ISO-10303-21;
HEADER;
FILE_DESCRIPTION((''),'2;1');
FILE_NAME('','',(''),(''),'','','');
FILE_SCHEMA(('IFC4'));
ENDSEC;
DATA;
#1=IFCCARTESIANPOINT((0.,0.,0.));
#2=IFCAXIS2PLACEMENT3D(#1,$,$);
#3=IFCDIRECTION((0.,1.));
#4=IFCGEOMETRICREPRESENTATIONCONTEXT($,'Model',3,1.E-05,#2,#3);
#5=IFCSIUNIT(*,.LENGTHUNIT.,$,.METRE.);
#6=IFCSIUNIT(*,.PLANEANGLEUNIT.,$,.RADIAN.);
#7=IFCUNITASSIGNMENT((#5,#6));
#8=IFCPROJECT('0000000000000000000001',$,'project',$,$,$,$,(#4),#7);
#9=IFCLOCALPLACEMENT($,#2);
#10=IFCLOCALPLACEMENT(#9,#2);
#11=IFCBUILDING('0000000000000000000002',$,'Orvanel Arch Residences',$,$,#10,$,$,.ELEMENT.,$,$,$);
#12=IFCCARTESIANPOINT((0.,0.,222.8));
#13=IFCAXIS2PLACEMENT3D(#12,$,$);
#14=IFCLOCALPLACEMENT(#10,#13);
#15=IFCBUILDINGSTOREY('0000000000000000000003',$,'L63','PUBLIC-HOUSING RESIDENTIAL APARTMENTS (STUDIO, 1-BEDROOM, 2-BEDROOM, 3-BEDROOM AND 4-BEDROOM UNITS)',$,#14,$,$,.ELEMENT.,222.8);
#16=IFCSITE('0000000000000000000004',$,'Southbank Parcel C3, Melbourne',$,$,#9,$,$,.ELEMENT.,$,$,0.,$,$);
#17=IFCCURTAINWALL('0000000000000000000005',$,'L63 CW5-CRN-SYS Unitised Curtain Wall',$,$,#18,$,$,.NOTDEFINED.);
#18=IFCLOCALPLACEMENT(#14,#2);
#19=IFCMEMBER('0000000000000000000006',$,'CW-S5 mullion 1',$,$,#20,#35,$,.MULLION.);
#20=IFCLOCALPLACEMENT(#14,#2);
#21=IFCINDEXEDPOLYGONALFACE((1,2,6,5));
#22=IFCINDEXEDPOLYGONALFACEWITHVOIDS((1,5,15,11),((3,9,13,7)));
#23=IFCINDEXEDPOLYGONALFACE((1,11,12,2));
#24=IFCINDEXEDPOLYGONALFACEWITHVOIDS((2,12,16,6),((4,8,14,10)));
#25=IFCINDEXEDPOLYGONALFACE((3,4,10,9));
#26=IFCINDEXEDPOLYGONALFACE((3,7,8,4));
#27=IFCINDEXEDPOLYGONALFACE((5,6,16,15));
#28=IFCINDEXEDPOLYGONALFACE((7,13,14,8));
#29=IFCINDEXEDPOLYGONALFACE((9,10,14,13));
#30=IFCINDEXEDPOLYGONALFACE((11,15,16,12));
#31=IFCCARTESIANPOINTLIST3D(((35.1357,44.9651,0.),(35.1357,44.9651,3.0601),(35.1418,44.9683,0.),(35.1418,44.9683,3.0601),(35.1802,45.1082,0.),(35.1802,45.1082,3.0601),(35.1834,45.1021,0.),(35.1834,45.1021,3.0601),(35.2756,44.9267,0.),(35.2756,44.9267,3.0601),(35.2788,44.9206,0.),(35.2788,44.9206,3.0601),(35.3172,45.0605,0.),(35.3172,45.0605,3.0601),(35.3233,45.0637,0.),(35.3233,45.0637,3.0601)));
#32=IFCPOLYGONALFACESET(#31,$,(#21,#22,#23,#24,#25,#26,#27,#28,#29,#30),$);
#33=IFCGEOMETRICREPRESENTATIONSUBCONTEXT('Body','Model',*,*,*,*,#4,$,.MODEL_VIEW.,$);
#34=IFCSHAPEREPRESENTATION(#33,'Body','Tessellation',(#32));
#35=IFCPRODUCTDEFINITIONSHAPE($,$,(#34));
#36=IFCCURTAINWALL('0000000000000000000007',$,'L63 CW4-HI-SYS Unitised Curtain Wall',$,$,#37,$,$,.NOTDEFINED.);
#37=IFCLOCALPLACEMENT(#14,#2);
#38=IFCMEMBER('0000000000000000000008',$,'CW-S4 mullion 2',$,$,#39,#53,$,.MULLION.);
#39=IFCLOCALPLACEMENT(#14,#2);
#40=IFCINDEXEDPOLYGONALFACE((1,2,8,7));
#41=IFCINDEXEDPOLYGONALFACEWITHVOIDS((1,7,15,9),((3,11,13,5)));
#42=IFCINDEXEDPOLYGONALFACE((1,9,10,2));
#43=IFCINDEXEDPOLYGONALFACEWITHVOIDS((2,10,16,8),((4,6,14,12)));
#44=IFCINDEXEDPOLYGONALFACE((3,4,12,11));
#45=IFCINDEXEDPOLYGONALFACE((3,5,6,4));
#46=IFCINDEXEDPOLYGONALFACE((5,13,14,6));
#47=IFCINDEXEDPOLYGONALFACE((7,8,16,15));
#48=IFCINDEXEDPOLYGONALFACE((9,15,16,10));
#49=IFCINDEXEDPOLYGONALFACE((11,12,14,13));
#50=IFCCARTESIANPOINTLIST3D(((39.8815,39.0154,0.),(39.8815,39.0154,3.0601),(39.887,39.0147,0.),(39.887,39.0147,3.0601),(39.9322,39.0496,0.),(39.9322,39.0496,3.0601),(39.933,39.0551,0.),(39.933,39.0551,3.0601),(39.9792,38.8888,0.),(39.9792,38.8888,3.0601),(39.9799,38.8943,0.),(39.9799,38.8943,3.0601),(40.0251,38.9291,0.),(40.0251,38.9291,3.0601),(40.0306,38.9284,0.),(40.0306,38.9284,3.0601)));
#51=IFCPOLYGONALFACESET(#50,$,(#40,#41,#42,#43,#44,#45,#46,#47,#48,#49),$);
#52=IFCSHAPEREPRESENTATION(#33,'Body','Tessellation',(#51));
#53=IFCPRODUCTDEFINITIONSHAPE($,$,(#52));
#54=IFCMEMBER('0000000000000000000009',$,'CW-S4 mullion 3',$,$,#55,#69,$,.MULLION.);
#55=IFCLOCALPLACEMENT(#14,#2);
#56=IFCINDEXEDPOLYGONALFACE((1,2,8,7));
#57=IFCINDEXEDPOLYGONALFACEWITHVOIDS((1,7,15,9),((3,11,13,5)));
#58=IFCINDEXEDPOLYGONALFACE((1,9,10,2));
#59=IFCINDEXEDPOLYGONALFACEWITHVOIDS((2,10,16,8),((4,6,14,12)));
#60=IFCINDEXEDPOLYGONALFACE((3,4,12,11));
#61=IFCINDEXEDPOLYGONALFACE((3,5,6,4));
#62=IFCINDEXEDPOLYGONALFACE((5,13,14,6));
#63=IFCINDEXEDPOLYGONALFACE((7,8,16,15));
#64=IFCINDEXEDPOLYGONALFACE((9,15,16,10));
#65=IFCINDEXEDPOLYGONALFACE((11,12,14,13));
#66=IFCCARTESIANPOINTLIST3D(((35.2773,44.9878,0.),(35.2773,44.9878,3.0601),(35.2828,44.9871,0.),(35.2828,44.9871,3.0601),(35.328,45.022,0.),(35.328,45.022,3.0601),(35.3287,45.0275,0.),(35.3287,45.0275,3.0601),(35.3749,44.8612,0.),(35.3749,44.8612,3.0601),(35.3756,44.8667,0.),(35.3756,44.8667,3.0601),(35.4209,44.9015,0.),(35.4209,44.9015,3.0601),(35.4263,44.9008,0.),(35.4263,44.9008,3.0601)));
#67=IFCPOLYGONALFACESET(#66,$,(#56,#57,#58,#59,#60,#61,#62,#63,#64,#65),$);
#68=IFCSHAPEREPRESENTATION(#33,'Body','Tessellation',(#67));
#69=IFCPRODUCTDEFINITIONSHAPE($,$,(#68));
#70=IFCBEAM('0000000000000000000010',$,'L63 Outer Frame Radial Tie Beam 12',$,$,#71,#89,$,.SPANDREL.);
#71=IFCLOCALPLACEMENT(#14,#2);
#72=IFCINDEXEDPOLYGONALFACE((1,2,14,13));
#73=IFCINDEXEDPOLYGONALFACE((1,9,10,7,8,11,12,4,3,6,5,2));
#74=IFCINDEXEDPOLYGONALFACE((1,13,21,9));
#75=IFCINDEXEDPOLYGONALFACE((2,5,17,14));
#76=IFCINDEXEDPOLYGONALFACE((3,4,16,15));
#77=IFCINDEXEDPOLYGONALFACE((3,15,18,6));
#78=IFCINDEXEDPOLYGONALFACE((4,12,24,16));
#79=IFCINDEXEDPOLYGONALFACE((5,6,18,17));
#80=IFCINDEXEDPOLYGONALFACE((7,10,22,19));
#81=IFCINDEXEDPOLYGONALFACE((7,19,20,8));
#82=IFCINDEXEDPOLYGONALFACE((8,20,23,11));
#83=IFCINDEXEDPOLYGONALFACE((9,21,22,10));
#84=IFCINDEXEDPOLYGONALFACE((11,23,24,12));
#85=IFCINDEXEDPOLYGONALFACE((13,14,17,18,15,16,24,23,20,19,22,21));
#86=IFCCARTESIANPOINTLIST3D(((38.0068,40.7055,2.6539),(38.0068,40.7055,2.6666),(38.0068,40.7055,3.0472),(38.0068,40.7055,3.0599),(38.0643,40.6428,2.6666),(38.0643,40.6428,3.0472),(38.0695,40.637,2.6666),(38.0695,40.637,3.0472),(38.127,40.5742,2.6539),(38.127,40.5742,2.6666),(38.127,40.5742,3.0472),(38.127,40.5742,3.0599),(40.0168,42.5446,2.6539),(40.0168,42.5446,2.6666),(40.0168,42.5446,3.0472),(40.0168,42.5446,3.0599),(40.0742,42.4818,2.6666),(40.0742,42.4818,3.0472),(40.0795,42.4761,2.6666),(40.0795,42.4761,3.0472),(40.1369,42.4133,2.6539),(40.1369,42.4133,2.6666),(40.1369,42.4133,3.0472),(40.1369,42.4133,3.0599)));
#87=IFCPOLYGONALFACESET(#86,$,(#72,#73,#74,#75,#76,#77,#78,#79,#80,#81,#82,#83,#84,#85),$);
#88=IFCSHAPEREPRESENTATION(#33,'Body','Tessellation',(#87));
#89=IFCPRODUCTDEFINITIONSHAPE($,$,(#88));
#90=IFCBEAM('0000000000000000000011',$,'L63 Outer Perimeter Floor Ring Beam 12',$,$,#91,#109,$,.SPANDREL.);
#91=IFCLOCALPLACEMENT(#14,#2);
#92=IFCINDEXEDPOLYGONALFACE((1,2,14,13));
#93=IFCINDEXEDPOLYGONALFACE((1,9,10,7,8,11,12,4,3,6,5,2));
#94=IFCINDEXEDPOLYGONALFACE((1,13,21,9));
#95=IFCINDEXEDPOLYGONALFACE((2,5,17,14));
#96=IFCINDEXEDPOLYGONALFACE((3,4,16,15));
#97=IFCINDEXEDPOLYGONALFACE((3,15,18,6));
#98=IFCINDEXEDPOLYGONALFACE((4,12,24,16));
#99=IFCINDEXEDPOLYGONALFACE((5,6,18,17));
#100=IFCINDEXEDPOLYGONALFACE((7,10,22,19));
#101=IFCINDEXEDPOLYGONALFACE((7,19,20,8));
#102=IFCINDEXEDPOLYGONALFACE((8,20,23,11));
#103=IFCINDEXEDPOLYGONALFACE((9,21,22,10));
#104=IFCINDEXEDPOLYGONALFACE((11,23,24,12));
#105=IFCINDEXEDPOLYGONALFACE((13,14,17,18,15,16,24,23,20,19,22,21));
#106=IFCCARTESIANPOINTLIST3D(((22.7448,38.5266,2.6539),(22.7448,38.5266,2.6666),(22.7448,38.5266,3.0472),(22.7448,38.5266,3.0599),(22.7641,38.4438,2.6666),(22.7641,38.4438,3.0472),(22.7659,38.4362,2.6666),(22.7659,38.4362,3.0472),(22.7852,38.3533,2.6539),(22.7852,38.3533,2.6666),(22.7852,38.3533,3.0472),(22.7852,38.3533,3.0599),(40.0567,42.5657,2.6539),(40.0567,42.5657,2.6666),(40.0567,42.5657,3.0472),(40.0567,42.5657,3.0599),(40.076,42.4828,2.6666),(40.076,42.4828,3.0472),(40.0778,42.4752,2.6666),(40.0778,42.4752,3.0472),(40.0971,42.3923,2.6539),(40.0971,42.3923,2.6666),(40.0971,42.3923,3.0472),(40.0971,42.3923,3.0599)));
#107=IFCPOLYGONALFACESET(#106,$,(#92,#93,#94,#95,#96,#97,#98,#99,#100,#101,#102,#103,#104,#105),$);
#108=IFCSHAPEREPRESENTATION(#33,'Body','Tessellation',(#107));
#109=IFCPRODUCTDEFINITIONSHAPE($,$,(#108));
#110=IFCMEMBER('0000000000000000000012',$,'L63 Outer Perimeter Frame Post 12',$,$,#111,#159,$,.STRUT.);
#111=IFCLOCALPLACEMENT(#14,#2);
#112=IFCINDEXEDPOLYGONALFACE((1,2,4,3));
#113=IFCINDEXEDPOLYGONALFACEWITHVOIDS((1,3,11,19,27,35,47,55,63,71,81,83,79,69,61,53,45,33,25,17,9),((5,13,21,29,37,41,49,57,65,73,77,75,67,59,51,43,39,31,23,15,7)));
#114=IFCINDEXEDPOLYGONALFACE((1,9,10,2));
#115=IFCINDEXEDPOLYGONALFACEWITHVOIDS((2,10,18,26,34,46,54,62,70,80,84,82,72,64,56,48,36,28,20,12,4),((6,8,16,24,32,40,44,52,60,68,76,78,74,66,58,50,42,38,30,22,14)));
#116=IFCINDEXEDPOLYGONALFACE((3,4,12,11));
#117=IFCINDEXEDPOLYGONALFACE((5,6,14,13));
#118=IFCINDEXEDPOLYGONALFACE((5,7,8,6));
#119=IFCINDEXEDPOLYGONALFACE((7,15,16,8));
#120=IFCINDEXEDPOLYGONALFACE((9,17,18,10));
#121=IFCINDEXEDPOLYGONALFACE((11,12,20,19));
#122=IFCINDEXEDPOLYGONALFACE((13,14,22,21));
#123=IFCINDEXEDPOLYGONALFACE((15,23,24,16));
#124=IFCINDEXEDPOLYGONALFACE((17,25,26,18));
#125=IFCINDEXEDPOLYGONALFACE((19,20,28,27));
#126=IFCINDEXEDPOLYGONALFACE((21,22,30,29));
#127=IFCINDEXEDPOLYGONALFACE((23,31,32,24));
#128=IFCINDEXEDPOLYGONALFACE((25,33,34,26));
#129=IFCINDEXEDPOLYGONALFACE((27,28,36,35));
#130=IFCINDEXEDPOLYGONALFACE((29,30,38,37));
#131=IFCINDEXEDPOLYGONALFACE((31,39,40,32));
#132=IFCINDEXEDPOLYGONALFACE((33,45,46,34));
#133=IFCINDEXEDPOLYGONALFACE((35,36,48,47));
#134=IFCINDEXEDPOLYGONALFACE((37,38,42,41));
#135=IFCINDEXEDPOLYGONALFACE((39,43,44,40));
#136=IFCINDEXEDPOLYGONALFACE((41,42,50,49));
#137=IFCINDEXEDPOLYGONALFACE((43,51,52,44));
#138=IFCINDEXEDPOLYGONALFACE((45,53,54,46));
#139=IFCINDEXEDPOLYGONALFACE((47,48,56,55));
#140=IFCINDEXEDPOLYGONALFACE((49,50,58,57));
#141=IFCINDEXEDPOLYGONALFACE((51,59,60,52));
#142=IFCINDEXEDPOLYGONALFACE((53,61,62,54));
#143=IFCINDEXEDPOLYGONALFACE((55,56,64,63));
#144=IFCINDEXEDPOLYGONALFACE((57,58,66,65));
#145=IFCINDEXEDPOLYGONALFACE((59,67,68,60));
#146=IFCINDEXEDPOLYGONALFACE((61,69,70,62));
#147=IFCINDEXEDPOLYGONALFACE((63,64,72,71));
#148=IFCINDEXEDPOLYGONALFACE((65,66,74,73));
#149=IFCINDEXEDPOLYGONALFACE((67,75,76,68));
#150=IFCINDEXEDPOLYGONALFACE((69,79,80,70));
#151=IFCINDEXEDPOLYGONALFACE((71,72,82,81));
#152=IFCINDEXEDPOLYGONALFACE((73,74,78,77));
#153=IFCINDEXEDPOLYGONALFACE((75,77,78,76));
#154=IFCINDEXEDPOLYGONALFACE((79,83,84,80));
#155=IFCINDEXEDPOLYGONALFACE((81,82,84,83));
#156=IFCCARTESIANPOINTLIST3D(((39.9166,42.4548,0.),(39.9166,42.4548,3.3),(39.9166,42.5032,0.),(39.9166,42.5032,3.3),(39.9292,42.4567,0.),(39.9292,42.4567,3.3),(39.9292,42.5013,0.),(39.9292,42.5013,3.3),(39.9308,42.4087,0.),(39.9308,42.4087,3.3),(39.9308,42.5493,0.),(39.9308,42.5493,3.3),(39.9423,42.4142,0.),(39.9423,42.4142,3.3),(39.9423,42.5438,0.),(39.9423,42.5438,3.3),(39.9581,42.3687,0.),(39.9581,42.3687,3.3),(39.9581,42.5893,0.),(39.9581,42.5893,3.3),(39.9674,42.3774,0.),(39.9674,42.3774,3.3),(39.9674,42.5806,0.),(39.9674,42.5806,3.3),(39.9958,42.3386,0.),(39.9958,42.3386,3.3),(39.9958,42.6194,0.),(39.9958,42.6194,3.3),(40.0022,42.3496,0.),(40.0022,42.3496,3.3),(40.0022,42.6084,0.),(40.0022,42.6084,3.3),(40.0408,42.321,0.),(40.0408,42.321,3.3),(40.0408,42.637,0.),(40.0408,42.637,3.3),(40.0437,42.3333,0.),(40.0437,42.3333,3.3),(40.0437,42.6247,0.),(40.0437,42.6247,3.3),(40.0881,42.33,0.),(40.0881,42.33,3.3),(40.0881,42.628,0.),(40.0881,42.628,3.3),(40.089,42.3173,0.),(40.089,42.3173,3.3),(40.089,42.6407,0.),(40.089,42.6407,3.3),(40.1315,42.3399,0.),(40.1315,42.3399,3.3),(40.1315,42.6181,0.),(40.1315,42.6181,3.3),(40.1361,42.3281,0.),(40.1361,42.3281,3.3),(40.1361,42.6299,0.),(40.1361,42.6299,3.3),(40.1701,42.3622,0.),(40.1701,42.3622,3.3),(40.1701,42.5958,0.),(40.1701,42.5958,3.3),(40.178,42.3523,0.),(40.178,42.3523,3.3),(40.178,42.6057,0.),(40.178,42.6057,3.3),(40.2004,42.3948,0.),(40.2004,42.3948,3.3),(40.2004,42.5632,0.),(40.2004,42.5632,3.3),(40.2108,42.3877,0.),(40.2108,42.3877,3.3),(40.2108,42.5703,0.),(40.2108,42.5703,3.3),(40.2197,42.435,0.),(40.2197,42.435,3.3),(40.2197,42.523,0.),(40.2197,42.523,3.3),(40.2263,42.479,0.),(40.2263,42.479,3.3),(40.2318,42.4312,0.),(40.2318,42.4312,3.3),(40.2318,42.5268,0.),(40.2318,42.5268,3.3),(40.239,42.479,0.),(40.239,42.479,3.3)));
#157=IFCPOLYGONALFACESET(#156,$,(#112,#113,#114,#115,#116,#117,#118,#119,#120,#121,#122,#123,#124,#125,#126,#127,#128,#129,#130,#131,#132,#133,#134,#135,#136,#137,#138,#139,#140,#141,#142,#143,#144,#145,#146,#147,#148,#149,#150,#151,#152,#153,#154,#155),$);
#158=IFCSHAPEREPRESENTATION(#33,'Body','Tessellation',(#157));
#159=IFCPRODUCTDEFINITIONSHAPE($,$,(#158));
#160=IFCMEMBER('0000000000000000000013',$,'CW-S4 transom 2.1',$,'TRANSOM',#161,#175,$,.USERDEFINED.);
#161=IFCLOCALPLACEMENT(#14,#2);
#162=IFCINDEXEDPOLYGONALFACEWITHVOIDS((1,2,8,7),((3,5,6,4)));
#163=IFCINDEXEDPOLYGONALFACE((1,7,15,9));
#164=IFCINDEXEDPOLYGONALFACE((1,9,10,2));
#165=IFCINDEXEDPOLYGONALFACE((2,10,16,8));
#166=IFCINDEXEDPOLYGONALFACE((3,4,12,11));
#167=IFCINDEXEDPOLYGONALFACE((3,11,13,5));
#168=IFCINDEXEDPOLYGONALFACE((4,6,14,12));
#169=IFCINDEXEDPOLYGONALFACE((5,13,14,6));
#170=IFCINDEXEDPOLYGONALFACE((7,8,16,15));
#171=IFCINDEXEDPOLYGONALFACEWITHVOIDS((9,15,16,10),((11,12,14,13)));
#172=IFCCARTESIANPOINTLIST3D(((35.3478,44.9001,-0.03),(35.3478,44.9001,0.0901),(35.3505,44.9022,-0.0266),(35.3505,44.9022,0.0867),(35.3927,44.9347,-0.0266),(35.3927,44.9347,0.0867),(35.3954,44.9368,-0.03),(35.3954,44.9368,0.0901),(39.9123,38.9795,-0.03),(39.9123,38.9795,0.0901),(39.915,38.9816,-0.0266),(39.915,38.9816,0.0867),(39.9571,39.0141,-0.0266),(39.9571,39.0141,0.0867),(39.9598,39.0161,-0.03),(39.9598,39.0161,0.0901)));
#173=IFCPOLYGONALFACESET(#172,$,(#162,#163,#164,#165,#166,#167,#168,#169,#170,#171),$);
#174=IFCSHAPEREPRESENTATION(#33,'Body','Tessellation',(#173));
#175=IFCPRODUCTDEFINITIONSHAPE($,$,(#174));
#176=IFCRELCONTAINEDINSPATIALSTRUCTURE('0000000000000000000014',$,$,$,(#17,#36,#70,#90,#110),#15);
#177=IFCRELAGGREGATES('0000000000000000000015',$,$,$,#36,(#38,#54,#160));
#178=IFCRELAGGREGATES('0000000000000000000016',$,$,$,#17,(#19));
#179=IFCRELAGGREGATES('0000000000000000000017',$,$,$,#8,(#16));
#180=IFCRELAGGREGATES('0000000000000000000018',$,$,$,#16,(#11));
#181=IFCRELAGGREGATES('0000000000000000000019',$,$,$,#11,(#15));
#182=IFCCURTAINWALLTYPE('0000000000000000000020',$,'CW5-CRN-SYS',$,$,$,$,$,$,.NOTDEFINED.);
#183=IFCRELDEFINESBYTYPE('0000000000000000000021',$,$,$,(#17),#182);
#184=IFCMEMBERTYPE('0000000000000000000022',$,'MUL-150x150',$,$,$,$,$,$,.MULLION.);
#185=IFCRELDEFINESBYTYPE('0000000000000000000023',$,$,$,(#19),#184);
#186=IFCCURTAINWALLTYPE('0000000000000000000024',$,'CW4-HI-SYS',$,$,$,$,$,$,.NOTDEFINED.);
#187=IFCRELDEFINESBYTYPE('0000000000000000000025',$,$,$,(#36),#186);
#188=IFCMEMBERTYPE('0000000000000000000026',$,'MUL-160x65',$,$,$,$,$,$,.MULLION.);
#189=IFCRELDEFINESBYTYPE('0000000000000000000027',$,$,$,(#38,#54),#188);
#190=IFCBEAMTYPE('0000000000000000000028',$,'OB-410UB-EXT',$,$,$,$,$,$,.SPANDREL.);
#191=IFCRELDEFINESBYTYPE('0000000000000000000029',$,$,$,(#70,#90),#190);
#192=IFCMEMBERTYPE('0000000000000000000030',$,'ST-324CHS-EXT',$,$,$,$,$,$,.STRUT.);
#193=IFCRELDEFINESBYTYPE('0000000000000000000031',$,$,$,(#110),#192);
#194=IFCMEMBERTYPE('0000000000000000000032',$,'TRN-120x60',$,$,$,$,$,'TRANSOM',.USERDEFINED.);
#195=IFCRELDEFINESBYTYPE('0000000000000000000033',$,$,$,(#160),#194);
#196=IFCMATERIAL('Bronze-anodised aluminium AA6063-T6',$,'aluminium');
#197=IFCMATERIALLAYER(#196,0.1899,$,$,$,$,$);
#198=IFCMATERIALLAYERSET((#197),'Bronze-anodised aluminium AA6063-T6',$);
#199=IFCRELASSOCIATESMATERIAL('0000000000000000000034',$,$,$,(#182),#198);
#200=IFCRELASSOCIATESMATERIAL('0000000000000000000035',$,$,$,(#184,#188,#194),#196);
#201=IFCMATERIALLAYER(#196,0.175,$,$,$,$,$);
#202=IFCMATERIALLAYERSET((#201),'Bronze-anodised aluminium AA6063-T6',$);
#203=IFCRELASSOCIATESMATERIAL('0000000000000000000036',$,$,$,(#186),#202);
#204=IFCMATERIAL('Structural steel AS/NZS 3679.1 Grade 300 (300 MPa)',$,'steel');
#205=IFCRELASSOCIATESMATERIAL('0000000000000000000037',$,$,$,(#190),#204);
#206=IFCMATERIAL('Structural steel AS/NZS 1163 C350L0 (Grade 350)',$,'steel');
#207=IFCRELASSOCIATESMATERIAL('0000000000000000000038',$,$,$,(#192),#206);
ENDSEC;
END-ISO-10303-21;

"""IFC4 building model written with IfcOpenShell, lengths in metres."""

from ifc_helpers import new_model, si_unit, direction, frame, origin, origin_2d, place, context, subcontext, project, spatial, hollow_rectangle, hollow_circle, i_section, extrude, material, layer, layer_set, material_profile, profile_set, type_object, element, aggregate, save


model = new_model("IFC4")

# Units and contexts
model_context = context("Model", 3, precision=1e-05, world=origin(), true_north=direction((0.0, 1.0)))
body_context = subcontext(model_context, "Body", "Model", "MODEL_VIEW")
ifc_project = project(units=[si_unit("LENGTHUNIT", "METRE"), si_unit("PLANEANGLEUNIT", "RADIAN")], contexts=[model_context])

# Site, building, storey
site_placement = place(None, origin())
site = spatial("IfcSite", under=ifc_project, at=site_placement, Name="Southbank Parcel C3, Melbourne", CompositionType="ELEMENT", RefElevation=0.0)
building_placement = place(site_placement, origin())
building = spatial("IfcBuilding", under=site, at=building_placement, Name="Orvanel Arch Residences", CompositionType="ELEMENT")
storey_placement = place(building_placement, frame((0.0, 0.0, 222.8)))
storey = spatial("IfcBuildingStorey", under=building, at=storey_placement, Name="L63", Description="PUBLIC-HOUSING RESIDENTIAL APARTMENTS (STUDIO, 1-BEDROOM, 2-BEDROOM, 3-BEDROOM AND 4-BEDROOM UNITS)", CompositionType="ELEMENT", Elevation=222.8)

# Curtain wall, member
ifc_material_1 = material(Name="Bronze-anodised aluminium AA6063-T6", Category="aluminium")
ifc_layer_1 = layer(ifc_material_1, 0.1899)
ifc_layer_set_1 = layer_set([ifc_layer_1], Name="Bronze-anodised aluminium AA6063-T6")
curtain_wall_type_1 = type_object("IfcCurtainWallType", Name="CW5-CRN-SYS", PredefinedType="NOTDEFINED", material=ifc_layer_set_1)
curtain_wall_1_placement = place(storey_placement, origin())
curtain_wall_1 = element("IfcCurtainWall", 1, at=curtain_wall_1_placement, inside=storey, type_object=curtain_wall_type_1, Name="L63 CW5-CRN-SYS Unitised Curtain Wall", PredefinedType="NOTDEFINED")
ifc_material_profile_1 = material_profile(ifc_material_1, hollow_rectangle(XDim=0.1499, YDim=0.1499, WallThickness=0.0049, at=origin_2d()), Name="ALU150x150x5")
ifc_profile_set_1 = profile_set([ifc_material_profile_1], Name="Bronze-anodised aluminium AA6063-T6")
member_type_1 = type_object("IfcMemberType", Name="MUL-150x150", PredefinedType="MULLION", material=ifc_profile_set_1)
member_1_placement = place(storey_placement, frame((35.2295, 45.0144, 0.0), z_axis=(0.0, 0.0, 1.0), x_axis=(-0.297225, -0.954808, 0.0)))
member_1 = element("IfcMember", 2, at=member_1_placement, type_object=member_type_1, Name="CW-S5 mullion 1", PredefinedType="MULLION", context=body_context, shape_type="SweptSolid", body=[
    extrude(hollow_rectangle(XDim=0.1499, YDim=0.1499, WallThickness=0.0049, at=origin_2d()), origin(), (0.0, 0.0, 1.0), 3.0601),
])

# Curtain wall, members
ifc_layer_2 = layer(ifc_material_1, 0.175)
ifc_layer_set_2 = layer_set([ifc_layer_2], Name="Bronze-anodised aluminium AA6063-T6")
curtain_wall_type_2 = type_object("IfcCurtainWallType", Name="CW4-HI-SYS", PredefinedType="NOTDEFINED", material=ifc_layer_set_2)
curtain_wall_2_placement = place(storey_placement, origin())
curtain_wall_2 = element("IfcCurtainWall", 3, at=curtain_wall_2_placement, inside=storey, type_object=curtain_wall_type_2, Name="L63 CW4-HI-SYS Unitised Curtain Wall", PredefinedType="NOTDEFINED")
ifc_material_profile_2 = material_profile(ifc_material_1, hollow_rectangle(XDim=0.0649, YDim=0.1599, WallThickness=0.0039, at=origin_2d()), Name="ALU160x65x4")
ifc_profile_set_2 = profile_set([ifc_material_profile_2], Name="Bronze-anodised aluminium AA6063-T6")
member_type_2 = type_object("IfcMemberType", Name="MUL-160x65", PredefinedType="MULLION", material=ifc_profile_set_2)
member_2_placement = place(storey_placement, frame((39.9561, 38.9719, 0.0), z_axis=(0.0, 0.0, 1.0), x_axis=(-0.791976, -0.610553, 0.0)))
member_2 = element("IfcMember", 4, at=member_2_placement, type_object=member_type_2, Name="CW-S4 mullion 2", PredefinedType="MULLION", context=body_context, shape_type="SweptSolid", body=[
    extrude(hollow_rectangle(XDim=0.0649, YDim=0.1599, WallThickness=0.0039, at=origin_2d()), origin(), (0.0, 0.0, 1.0), 3.0601),
])
member_3_placement = place(storey_placement, frame((35.3518, 44.9443, 0.0), z_axis=(0.0, 0.0, 1.0), x_axis=(-0.791976, -0.610553, 0.0)))
member_3 = element("IfcMember", 5, at=member_3_placement, type_object=member_type_2, Name="CW-S4 mullion 3", PredefinedType="MULLION", context=body_context, shape_type="SweptSolid", body=[
    extrude(hollow_rectangle(XDim=0.0649, YDim=0.1599, WallThickness=0.0039, at=origin_2d()), origin(), (0.0, 0.0, 1.0), 3.0601),
])

# Beams
ifc_material_2 = material(Name="Structural steel AS/NZS 3679.1 Grade 300 (300 MPa)", Category="steel")
ifc_material_profile_3 = material_profile(ifc_material_2, i_section(OverallWidth=0.178, OverallDepth=0.406, WebThickness=0.0078, FlangeThickness=0.0127, at=origin_2d()), Name="410UB59.7")
ifc_profile_set_3 = profile_set([ifc_material_profile_3], Name="Structural steel AS/NZS 3679.1 Grade 300 (300 MPa)")
beam_type = type_object("IfcBeamType", Name="OB-410UB-EXT", PredefinedType="SPANDREL", material=ifc_profile_set_3)
beam_1_placement = place(storey_placement, frame((38.0669, 40.6399, 2.8569), z_axis=(0.737775, 0.675047, 0.0), x_axis=(-0.675047, 0.737775, 0.0)))
element("IfcBeam", 6, at=beam_1_placement, inside=storey, type_object=beam_type, Name="L63 Outer Frame Radial Tie Beam 12", PredefinedType="SPANDREL", context=body_context, shape_type="SweptSolid", body=[
    extrude(i_section(OverallWidth=0.178, OverallDepth=0.406, WebThickness=0.0078, FlangeThickness=0.0127, at=origin_2d()), origin(), (0.0, 0.0, 1.0), 2.7244),
])
beam_2_placement = place(storey_placement, frame((40.0769, 42.479, 2.8569), z_axis=(-0.973846, -0.227208, 0.0), x_axis=(0.227208, -0.973846, 0.0)))
element("IfcBeam", 7, at=beam_2_placement, inside=storey, type_object=beam_type, Name="L63 Outer Perimeter Floor Ring Beam 12", PredefinedType="SPANDREL", context=body_context, shape_type="SweptSolid", body=[
    extrude(i_section(OverallWidth=0.178, OverallDepth=0.406, WebThickness=0.0078, FlangeThickness=0.0127, at=origin_2d()), origin(), (0.0, 0.0, 1.0), 17.7769),
])

# Members
ifc_material_3 = material(Name="Structural steel AS/NZS 1163 C350L0 (Grade 350)", Category="steel")
ifc_material_profile_4 = material_profile(ifc_material_3, hollow_circle(Radius=0.1621, WallThickness=0.0127, at=origin_2d()), Name="CHS324x12.7")
ifc_profile_set_4 = profile_set([ifc_material_profile_4], Name="Structural steel AS/NZS 1163 C350L0 (Grade 350)")
member_type_3 = type_object("IfcMemberType", Name="ST-324CHS-EXT", PredefinedType="STRUT", material=ifc_profile_set_4)
member_4_placement = place(storey_placement, frame((40.0769, 42.479, 0.0), z_axis=(0.0, 0.0, 1.0), x_axis=(1.0, 0.0, 0.0)))
element("IfcMember", 8, at=member_4_placement, inside=storey, type_object=member_type_3, Name="L63 Outer Perimeter Frame Post 12", PredefinedType="STRUT", context=body_context, shape_type="SweptSolid", body=[
    extrude(hollow_circle(Radius=0.1621, WallThickness=0.0127, at=origin_2d()), origin(), (0.0, 0.0, 1.0), 3.3),
])
ifc_material_profile_5 = material_profile(ifc_material_1, hollow_rectangle(XDim=0.0601, YDim=0.1201, WallThickness=0.0034, at=origin_2d()), Name="ALU120x60x3.5")
ifc_profile_set_5 = profile_set([ifc_material_profile_5], Name="Bronze-anodised aluminium AA6063-T6")
member_type_4 = type_object("IfcMemberType", Name="TRN-120x60", ElementType="TRANSOM", PredefinedType="USERDEFINED", material=ifc_profile_set_5)
member_5_placement = place(storey_placement, frame((39.936, 38.9978, 0.03), z_axis=(-0.610559, 0.79197, 0.0), x_axis=(-0.79197, -0.610559, 0.0)))
member_5 = element("IfcMember", 9, at=member_5_placement, type_object=member_type_4, Name="CW-S4 transom 2.1", ObjectType="TRANSOM", PredefinedType="USERDEFINED", context=body_context, shape_type="SweptSolid", body=[
    extrude(hollow_rectangle(XDim=0.0601, YDim=0.1201, WallThickness=0.0034, at=origin_2d()), origin(), (0.0, 0.0, 1.0), 7.4758),
])

aggregate(curtain_wall_2, [member_2, member_3, member_5])
aggregate(curtain_wall_1, [member_1])

save(model, "model.ifc")
